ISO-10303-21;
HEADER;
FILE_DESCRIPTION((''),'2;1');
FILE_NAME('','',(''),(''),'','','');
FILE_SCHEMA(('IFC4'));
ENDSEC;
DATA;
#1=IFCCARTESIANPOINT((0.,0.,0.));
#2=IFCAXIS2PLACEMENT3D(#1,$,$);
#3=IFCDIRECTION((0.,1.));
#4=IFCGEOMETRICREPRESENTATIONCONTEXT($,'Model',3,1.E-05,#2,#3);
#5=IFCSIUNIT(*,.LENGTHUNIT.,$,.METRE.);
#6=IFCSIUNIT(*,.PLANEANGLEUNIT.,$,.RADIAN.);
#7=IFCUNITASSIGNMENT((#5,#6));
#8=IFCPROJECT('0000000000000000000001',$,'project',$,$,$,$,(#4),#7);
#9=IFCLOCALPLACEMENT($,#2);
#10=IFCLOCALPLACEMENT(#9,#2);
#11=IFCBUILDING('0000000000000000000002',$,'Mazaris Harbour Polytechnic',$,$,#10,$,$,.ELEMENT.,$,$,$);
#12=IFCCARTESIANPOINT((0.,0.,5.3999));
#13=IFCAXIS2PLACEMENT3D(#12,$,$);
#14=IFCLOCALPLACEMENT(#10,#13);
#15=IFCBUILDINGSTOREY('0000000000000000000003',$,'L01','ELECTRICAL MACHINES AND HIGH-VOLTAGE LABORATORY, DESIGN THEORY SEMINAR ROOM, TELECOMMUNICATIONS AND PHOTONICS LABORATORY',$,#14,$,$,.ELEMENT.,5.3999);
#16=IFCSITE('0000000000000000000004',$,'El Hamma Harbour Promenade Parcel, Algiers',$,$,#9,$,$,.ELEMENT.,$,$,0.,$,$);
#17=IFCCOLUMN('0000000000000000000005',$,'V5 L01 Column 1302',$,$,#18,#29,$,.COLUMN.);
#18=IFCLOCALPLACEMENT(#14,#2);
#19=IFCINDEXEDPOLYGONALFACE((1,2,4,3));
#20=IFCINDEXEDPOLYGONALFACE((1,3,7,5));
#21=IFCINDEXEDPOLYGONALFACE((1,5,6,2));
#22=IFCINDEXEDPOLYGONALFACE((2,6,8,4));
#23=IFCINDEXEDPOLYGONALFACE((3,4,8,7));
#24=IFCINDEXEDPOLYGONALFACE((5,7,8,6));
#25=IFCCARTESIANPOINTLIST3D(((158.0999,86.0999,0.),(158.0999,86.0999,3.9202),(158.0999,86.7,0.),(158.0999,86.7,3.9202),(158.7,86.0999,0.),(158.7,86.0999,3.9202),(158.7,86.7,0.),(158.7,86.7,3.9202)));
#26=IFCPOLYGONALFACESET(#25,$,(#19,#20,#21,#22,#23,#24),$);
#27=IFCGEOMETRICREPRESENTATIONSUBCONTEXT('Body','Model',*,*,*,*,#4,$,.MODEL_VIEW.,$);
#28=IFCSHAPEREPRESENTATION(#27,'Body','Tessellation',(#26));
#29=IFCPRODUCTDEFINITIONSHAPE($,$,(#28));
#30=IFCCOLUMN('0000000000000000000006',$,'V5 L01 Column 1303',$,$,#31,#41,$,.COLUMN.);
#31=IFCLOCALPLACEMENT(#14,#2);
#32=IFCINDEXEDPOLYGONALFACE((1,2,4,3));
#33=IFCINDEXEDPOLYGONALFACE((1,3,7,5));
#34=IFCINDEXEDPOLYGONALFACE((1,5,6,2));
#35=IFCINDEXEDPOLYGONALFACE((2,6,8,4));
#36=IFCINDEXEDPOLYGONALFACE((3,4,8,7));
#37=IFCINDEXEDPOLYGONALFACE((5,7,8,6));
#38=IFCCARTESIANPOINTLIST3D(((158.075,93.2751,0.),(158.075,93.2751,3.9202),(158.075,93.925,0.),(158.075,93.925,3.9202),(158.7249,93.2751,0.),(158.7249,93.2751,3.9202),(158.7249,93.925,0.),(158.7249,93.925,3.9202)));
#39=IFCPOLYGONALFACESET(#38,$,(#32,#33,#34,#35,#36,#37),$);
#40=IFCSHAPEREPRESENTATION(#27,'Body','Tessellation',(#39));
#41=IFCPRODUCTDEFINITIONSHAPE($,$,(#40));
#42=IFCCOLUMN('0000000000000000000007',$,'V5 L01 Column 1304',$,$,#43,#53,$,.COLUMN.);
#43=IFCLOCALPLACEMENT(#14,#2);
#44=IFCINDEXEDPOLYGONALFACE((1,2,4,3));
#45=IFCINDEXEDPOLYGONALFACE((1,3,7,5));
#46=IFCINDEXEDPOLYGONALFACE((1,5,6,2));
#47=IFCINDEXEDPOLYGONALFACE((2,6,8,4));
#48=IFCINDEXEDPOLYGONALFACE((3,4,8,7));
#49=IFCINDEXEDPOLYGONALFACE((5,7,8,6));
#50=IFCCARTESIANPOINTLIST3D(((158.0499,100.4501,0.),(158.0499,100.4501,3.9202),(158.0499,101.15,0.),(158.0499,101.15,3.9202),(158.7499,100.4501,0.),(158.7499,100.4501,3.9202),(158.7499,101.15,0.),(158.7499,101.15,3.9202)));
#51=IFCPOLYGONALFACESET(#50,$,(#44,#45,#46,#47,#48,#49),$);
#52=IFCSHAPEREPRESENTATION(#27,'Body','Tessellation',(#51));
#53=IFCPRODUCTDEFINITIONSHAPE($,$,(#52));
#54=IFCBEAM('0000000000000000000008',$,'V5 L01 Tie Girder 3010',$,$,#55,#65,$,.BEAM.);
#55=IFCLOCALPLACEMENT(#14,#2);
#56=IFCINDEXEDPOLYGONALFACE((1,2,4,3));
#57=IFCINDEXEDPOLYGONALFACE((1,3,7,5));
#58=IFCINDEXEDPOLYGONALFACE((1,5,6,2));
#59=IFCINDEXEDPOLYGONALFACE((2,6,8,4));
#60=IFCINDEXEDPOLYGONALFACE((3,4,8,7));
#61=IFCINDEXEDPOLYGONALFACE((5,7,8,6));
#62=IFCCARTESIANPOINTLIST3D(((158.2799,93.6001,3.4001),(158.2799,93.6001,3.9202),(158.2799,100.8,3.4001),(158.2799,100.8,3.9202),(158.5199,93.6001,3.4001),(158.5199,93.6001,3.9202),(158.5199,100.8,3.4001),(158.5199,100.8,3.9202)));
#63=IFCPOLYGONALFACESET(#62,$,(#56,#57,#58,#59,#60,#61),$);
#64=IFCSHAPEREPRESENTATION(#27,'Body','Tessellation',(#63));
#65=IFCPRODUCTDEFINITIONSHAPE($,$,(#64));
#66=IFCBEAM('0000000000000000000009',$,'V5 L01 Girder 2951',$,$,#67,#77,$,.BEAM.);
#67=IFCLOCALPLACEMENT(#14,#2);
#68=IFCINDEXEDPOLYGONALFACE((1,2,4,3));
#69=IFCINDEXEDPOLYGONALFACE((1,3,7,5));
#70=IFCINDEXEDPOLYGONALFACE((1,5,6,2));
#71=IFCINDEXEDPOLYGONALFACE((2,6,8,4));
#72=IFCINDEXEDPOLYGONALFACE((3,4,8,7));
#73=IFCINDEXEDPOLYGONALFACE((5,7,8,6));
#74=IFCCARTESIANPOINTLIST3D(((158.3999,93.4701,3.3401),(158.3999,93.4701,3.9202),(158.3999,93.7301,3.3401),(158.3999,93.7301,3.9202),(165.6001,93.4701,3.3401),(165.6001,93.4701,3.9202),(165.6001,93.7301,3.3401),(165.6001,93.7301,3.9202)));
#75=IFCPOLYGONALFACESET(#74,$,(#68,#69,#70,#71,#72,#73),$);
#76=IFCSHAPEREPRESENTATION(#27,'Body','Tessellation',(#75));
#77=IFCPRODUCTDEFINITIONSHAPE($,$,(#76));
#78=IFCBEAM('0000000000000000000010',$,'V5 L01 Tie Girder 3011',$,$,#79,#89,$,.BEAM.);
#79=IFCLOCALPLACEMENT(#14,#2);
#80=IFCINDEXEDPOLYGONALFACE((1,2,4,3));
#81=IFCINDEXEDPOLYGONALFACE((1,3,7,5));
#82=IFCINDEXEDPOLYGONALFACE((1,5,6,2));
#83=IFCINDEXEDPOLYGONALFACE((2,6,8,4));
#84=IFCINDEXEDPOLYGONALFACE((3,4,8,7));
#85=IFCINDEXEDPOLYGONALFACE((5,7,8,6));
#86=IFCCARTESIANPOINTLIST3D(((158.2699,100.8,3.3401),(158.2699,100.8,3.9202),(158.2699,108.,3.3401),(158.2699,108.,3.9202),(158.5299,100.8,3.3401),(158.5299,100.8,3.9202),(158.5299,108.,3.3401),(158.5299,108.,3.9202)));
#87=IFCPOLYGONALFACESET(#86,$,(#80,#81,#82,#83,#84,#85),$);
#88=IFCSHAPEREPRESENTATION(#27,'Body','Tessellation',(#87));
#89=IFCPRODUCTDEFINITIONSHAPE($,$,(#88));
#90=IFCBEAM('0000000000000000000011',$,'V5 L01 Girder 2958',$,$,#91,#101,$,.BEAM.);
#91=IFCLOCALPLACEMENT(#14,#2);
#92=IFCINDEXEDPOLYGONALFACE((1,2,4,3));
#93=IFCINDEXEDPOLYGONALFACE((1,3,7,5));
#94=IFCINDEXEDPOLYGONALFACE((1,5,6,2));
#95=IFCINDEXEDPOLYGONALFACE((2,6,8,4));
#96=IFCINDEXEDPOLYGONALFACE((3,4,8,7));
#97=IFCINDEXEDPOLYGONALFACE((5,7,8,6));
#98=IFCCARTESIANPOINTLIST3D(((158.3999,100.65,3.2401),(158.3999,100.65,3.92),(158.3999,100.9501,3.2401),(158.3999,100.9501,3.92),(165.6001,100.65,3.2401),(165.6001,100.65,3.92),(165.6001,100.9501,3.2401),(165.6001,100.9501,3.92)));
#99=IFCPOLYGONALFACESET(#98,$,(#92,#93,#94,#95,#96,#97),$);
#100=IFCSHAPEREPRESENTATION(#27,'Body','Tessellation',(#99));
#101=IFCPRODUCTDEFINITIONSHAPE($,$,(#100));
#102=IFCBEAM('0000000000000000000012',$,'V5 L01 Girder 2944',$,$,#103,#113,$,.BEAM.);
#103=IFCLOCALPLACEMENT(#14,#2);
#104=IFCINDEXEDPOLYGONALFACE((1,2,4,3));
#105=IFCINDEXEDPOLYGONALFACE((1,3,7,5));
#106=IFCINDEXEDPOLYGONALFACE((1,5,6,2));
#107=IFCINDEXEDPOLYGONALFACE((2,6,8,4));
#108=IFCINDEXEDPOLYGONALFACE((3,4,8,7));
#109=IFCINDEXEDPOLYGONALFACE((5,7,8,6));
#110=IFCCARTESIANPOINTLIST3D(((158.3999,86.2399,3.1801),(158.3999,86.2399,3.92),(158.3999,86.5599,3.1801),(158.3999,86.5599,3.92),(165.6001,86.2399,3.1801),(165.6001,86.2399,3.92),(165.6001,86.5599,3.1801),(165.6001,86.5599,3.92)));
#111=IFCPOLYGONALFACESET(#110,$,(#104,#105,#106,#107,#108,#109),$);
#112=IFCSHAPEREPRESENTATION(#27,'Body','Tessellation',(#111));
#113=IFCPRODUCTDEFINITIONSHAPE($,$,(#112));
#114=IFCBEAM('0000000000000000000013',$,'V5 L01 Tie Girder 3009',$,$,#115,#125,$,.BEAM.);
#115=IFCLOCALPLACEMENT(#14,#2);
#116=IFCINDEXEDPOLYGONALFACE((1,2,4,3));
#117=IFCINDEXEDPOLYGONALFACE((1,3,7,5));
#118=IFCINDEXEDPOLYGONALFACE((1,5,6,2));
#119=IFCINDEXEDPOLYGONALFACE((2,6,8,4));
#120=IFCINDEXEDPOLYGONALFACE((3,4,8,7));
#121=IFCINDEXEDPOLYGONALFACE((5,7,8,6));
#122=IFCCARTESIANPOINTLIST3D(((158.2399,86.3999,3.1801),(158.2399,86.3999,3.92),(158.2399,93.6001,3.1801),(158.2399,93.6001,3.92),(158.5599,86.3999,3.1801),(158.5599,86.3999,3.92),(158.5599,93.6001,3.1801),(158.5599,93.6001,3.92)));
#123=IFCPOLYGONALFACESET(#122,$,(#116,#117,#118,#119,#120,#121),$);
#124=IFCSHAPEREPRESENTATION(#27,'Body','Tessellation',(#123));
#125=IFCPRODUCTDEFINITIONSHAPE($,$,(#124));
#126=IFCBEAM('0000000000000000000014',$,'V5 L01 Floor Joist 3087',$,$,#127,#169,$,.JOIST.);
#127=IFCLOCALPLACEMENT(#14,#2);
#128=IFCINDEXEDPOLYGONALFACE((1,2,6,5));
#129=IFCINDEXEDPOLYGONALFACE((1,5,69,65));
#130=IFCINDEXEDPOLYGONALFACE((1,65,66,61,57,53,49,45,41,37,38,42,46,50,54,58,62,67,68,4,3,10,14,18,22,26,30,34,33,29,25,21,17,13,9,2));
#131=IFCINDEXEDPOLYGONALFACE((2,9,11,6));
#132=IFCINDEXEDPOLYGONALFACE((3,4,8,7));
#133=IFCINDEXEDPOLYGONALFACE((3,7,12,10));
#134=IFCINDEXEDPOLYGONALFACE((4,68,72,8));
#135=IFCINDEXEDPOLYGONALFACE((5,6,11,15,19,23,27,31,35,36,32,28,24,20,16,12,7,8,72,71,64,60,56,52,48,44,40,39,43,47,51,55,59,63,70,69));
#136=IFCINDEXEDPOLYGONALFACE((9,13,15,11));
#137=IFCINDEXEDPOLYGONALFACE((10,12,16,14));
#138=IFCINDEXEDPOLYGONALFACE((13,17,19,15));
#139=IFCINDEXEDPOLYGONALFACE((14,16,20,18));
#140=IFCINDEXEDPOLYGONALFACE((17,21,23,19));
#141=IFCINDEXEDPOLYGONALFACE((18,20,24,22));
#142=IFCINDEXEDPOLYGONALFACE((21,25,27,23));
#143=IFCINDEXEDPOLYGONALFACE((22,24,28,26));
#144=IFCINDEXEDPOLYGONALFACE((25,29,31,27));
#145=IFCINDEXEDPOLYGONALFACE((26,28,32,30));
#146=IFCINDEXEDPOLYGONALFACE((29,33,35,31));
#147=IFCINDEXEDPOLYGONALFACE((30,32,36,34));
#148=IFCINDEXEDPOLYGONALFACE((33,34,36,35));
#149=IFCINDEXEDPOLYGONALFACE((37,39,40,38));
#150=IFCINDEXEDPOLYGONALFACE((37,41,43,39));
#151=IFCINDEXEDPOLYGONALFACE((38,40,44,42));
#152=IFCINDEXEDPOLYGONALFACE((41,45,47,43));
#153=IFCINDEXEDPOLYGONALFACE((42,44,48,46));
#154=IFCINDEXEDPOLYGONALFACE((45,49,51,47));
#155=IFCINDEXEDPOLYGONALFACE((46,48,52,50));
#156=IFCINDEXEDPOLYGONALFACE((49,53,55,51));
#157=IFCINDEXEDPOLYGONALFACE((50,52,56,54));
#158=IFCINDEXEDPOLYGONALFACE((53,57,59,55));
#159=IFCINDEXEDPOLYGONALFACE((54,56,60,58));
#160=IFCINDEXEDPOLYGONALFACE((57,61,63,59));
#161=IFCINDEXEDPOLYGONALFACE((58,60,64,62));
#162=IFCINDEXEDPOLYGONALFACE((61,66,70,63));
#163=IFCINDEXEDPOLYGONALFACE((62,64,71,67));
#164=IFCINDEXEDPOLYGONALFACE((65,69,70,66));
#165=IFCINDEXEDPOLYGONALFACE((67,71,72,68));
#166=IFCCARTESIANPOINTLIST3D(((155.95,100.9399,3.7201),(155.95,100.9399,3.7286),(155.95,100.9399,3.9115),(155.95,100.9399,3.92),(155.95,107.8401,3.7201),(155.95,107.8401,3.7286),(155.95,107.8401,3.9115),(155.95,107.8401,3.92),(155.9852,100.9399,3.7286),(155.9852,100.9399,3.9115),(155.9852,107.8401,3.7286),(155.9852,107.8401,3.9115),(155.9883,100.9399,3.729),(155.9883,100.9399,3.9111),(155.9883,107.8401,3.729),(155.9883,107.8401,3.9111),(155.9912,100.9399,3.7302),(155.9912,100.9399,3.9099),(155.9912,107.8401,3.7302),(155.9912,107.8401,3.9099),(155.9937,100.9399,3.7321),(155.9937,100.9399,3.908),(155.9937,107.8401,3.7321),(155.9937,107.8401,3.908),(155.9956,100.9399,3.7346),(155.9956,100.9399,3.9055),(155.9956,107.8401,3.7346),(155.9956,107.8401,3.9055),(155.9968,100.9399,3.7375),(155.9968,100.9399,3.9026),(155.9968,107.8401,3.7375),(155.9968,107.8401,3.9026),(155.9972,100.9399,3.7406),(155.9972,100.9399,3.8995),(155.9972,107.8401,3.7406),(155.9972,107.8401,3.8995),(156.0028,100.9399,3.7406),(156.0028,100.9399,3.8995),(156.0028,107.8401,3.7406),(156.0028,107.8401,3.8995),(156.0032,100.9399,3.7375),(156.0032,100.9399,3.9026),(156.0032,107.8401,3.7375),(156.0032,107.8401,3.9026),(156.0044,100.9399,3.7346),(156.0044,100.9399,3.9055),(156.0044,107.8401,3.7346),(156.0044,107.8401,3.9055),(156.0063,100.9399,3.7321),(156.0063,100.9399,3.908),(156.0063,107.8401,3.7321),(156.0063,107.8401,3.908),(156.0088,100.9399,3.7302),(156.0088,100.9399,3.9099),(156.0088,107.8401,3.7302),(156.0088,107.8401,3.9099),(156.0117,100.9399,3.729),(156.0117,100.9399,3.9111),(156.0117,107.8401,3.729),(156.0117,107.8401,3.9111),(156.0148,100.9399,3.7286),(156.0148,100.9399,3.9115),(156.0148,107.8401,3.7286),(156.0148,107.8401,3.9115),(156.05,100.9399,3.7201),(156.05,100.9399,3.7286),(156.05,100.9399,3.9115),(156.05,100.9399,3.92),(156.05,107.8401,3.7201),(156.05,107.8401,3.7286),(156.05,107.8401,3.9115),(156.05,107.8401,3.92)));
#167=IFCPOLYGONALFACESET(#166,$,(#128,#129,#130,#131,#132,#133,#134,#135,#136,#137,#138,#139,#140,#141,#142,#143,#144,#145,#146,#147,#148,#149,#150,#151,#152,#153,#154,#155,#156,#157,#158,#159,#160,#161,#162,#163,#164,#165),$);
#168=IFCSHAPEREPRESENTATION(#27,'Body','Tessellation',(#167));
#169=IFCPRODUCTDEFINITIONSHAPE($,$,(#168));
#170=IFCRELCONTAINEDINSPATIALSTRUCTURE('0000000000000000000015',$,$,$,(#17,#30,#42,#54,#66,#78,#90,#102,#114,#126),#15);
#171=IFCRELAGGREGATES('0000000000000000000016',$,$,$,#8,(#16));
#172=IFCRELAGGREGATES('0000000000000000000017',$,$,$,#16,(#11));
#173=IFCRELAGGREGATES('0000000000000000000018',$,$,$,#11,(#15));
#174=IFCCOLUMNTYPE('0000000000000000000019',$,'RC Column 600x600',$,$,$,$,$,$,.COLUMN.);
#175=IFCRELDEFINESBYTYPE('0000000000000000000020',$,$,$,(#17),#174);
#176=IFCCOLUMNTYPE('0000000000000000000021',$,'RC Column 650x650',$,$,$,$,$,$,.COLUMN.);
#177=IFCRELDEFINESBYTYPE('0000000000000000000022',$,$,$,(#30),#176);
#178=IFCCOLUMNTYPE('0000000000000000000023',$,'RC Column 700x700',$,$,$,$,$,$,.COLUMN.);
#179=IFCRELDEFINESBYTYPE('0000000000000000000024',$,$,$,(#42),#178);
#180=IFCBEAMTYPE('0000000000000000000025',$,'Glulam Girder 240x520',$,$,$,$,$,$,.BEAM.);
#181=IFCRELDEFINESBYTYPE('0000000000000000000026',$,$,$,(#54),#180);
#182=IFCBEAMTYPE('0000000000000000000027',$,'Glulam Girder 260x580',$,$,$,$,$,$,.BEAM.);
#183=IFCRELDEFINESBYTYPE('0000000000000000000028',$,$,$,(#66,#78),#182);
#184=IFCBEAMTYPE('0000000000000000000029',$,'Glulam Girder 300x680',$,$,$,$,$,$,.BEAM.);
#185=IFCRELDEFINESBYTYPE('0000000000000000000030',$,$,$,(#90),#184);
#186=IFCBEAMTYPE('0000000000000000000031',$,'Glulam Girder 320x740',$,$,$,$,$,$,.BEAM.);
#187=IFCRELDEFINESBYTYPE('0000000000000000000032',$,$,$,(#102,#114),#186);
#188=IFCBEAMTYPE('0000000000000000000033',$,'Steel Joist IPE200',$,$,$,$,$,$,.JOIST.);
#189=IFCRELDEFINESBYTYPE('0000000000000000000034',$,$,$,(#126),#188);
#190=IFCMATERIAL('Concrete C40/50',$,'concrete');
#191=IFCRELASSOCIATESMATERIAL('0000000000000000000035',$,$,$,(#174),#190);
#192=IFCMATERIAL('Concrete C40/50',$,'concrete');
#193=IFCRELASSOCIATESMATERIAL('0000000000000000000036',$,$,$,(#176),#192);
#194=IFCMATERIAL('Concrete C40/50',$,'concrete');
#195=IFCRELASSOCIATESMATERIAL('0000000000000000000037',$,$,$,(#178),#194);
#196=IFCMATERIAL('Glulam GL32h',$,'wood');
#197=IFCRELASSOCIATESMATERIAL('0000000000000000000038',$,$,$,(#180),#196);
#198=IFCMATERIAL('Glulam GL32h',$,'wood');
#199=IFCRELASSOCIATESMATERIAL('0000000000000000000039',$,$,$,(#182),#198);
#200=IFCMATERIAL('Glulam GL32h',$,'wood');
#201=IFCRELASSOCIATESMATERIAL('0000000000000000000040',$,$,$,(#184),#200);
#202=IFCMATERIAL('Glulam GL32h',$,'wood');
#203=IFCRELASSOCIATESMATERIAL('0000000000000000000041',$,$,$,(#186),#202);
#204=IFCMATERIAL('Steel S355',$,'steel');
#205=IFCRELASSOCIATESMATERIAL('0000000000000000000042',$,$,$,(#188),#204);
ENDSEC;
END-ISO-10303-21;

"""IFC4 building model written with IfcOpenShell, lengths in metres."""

from ifc_helpers import new_model, si_unit, direction, frame, origin, origin_2d, place, context, subcontext, project, spatial, rectangle, i_section, extrude, material, material_profile, profile_set, type_object, element, save


model = new_model("IFC4")

# Units and contexts
model_context = context("Model", 3, precision=1e-05, world=origin(), true_north=direction((0.0, 1.0)))
body_context = subcontext(model_context, "Body", "Model", "MODEL_VIEW")
ifc_project = project(units=[si_unit("LENGTHUNIT", "METRE"), si_unit("PLANEANGLEUNIT", "RADIAN")], contexts=[model_context])

# Site, building, storey
site_placement = place(None, origin())
site = spatial("IfcSite", under=ifc_project, at=site_placement, Name="El Hamma Harbour Promenade Parcel, Algiers", CompositionType="ELEMENT", RefElevation=0.0)
building_placement = place(site_placement, origin())
building = spatial("IfcBuilding", under=site, at=building_placement, Name="Mazaris Harbour Polytechnic", CompositionType="ELEMENT")
storey_placement = place(building_placement, frame((0.0, 0.0, 5.3999)))
storey = spatial("IfcBuildingStorey", under=building, at=storey_placement, Name="L01", Description="ELECTRICAL MACHINES AND HIGH-VOLTAGE LABORATORY, DESIGN THEORY SEMINAR ROOM, TELECOMMUNICATIONS AND PHOTONICS LABORATORY", CompositionType="ELEMENT", Elevation=5.3999)

# Columns
ifc_material_1 = material(Name="Concrete C40/50", Category="concrete")
ifc_material_profile_1 = material_profile(ifc_material_1, rectangle(XDim=0.6001, YDim=0.6001, at=origin_2d()), Name="RECT600x600")
ifc_profile_set_1 = profile_set([ifc_material_profile_1], Name="Concrete C40/50")
column_type_1 = type_object("IfcColumnType", Name="RC Column 600x600", PredefinedType="COLUMN", material=ifc_profile_set_1)
column_1_placement = place(storey_placement, frame((158.3999, 86.3999, 0.0), z_axis=(0.0, 0.0, 1.0), x_axis=(1.0, 0.0, 0.0)))
element("IfcColumn", 1, at=column_1_placement, inside=storey, type_object=column_type_1, Name="V5 L01 Column 1302", PredefinedType="COLUMN", context=body_context, shape_type="SweptSolid", body=[
    extrude(rectangle(XDim=0.6001, YDim=0.6001, at=origin_2d()), origin(), (0.0, 0.0, 1.0), 3.9202),
])
ifc_material_2 = material(Name="Concrete C40/50", Category="concrete")
ifc_material_profile_2 = material_profile(ifc_material_2, rectangle(XDim=0.6499, YDim=0.6499, at=origin_2d()), Name="RECT650x650")
ifc_profile_set_2 = profile_set([ifc_material_profile_2], Name="Concrete C40/50")
column_type_2 = type_object("IfcColumnType", Name="RC Column 650x650", PredefinedType="COLUMN", material=ifc_profile_set_2)
column_2_placement = place(storey_placement, frame((158.3999, 93.6001, 0.0), z_axis=(0.0, 0.0, 1.0), x_axis=(1.0, 0.0, 0.0)))
element("IfcColumn", 2, at=column_2_placement, inside=storey, type_object=column_type_2, Name="V5 L01 Column 1303", PredefinedType="COLUMN", context=body_context, shape_type="SweptSolid", body=[
    extrude(rectangle(XDim=0.6499, YDim=0.6499, at=origin_2d()), origin(), (0.0, 0.0, 1.0), 3.9202),
])
ifc_material_3 = material(Name="Concrete C40/50", Category="concrete")
ifc_material_profile_3 = material_profile(ifc_material_3, rectangle(XDim=0.7, YDim=0.7, at=origin_2d()), Name="RECT700x700")
ifc_profile_set_3 = profile_set([ifc_material_profile_3], Name="Concrete C40/50")
column_type_3 = type_object("IfcColumnType", Name="RC Column 700x700", PredefinedType="COLUMN", material=ifc_profile_set_3)
column_3_placement = place(storey_placement, frame((158.3999, 100.8, 0.0), z_axis=(0.0, 0.0, 1.0), x_axis=(1.0, 0.0, 0.0)))
element("IfcColumn", 3, at=column_3_placement, inside=storey, type_object=column_type_3, Name="V5 L01 Column 1304", PredefinedType="COLUMN", context=body_context, shape_type="SweptSolid", body=[
    extrude(rectangle(XDim=0.7, YDim=0.7, at=origin_2d()), origin(), (0.0, 0.0, 1.0), 3.9202),
])

# Beams
ifc_material_4 = material(Name="Glulam GL32h", Category="wood")
ifc_material_profile_4 = material_profile(ifc_material_4, rectangle(XDim=0.24, YDim=0.52, at=origin_2d()), Name="RECT240x520")
ifc_profile_set_4 = profile_set([ifc_material_profile_4], Name="Glulam GL32h")
beam_type_1 = type_object("IfcBeamType", Name="Glulam Girder 240x520", PredefinedType="BEAM", material=ifc_profile_set_4)
beam_1_placement = place(storey_placement, frame((158.3999, 93.6001, 3.6602), z_axis=(0.0, 1.0, 0.0), x_axis=(-1.0, 0.0, 0.0)))
element("IfcBeam", 4, at=beam_1_placement, inside=storey, type_object=beam_type_1, Name="V5 L01 Tie Girder 3010", PredefinedType="BEAM", context=body_context, shape_type="SweptSolid", body=[
    extrude(rectangle(XDim=0.24, YDim=0.52, at=origin_2d()), origin(), (0.0, 0.0, 1.0), 7.2),
])
ifc_material_5 = material(Name="Glulam GL32h", Category="wood")
ifc_material_profile_5 = material_profile(ifc_material_5, rectangle(XDim=0.26, YDim=0.5801, at=origin_2d()), Name="RECT260x580")
ifc_profile_set_5 = profile_set([ifc_material_profile_5], Name="Glulam GL32h")
beam_type_2 = type_object("IfcBeamType", Name="Glulam Girder 260x580", PredefinedType="BEAM", material=ifc_profile_set_5)
beam_2_placement = place(storey_placement, frame((158.3999, 93.6001, 3.6301), z_axis=(1.0, 0.0, 0.0), x_axis=(0.0, 1.0, 0.0)))
element("IfcBeam", 5, at=beam_2_placement, inside=storey, type_object=beam_type_2, Name="V5 L01 Girder 2951", PredefinedType="BEAM", context=body_context, shape_type="SweptSolid", body=[
    extrude(rectangle(XDim=0.26, YDim=0.5801, at=origin_2d()), origin(), (0.0, 0.0, 1.0), 7.2002),
])
beam_3_placement = place(storey_placement, frame((158.3999, 100.8, 3.6301), z_axis=(0.0, 1.0, 0.0), x_axis=(-1.0, 0.0, 0.0)))
element("IfcBeam", 6, at=beam_3_placement, inside=storey, type_object=beam_type_2, Name="V5 L01 Tie Girder 3011", PredefinedType="BEAM", context=body_context, shape_type="SweptSolid", body=[
    extrude(rectangle(XDim=0.26, YDim=0.5801, at=origin_2d()), origin(), (0.0, 0.0, 1.0), 7.2),
])
ifc_material_6 = material(Name="Glulam GL32h", Category="wood")
ifc_material_profile_6 = material_profile(ifc_material_6, rectangle(XDim=0.3, YDim=0.6799, at=origin_2d()), Name="RECT300x680")
ifc_profile_set_6 = profile_set([ifc_material_profile_6], Name="Glulam GL32h")
beam_type_3 = type_object("IfcBeamType", Name="Glulam Girder 300x680", PredefinedType="BEAM", material=ifc_profile_set_6)
beam_4_placement = place(storey_placement, frame((158.3999, 100.8, 3.5801), z_axis=(1.0, 0.0, 0.0), x_axis=(0.0, 1.0, 0.0)))
element("IfcBeam", 7, at=beam_4_placement, inside=storey, type_object=beam_type_3, Name="V5 L01 Girder 2958", PredefinedType="BEAM", context=body_context, shape_type="SweptSolid", body=[
    extrude(rectangle(XDim=0.3, YDim=0.6799, at=origin_2d()), origin(), (0.0, 0.0, 1.0), 7.2002),
])
ifc_material_7 = material(Name="Glulam GL32h", Category="wood")
ifc_material_profile_7 = material_profile(ifc_material_7, rectangle(XDim=0.3201, YDim=0.74, at=origin_2d()), Name="RECT320x740")
ifc_profile_set_7 = profile_set([ifc_material_profile_7], Name="Glulam GL32h")
beam_type_4 = type_object("IfcBeamType", Name="Glulam Girder 320x740", PredefinedType="BEAM", material=ifc_profile_set_7)
for number, where, z_axis, x_axis, name in (
    (8, (158.3999, 86.3999, 3.55), (1.0, 0.0, 0.0), (0.0, 1.0, 0.0), "V5 L01 Girder 2944"),
    (9, (158.3999, 86.3999, 3.55), (0.0, 1.0, 0.0), (-1.0, 0.0, 0.0), "V5 L01 Tie Girder 3009"),
):
    element("IfcBeam", number, at=place(storey_placement, frame(where, z_axis=z_axis, x_axis=x_axis)), inside=storey, type_object=beam_type_4, Name=name, PredefinedType="BEAM", context=body_context, shape_type="SweptSolid", body=[
        extrude(rectangle(XDim=0.3201, YDim=0.74, at=origin_2d()), origin(), (0.0, 0.0, 1.0), 7.2002),
    ])
ifc_material_8 = material(Name="Steel S355", Category="steel")
ifc_material_profile_8 = material_profile(ifc_material_8, i_section(OverallWidth=0.1001, OverallDepth=0.2, WebThickness=0.0056, FlangeThickness=0.0085, FilletRadius=0.012, at=origin_2d()), Name="IPE 200")
ifc_profile_set_8 = profile_set([ifc_material_profile_8], Name="Steel S355")
beam_type_5 = type_object("IfcBeamType", Name="Steel Joist IPE200", PredefinedType="JOIST", material=ifc_profile_set_8)
beam_5_placement = place(storey_placement, frame((156.0, 100.9399, 3.8201), z_axis=(0.0, 1.0, 0.0), x_axis=(-1.0, 0.0, 0.0)))
element("IfcBeam", 10, at=beam_5_placement, inside=storey, type_object=beam_type_5, Name="V5 L01 Floor Joist 3087", PredefinedType="JOIST", context=body_context, shape_type="SweptSolid", body=[
    extrude(i_section(OverallWidth=0.1001, OverallDepth=0.2, WebThickness=0.0056, FlangeThickness=0.0085, FilletRadius=0.012, at=origin_2d()), origin(), (0.0, 0.0, 1.0), 6.9001),
])

save(model, "model.ifc")
